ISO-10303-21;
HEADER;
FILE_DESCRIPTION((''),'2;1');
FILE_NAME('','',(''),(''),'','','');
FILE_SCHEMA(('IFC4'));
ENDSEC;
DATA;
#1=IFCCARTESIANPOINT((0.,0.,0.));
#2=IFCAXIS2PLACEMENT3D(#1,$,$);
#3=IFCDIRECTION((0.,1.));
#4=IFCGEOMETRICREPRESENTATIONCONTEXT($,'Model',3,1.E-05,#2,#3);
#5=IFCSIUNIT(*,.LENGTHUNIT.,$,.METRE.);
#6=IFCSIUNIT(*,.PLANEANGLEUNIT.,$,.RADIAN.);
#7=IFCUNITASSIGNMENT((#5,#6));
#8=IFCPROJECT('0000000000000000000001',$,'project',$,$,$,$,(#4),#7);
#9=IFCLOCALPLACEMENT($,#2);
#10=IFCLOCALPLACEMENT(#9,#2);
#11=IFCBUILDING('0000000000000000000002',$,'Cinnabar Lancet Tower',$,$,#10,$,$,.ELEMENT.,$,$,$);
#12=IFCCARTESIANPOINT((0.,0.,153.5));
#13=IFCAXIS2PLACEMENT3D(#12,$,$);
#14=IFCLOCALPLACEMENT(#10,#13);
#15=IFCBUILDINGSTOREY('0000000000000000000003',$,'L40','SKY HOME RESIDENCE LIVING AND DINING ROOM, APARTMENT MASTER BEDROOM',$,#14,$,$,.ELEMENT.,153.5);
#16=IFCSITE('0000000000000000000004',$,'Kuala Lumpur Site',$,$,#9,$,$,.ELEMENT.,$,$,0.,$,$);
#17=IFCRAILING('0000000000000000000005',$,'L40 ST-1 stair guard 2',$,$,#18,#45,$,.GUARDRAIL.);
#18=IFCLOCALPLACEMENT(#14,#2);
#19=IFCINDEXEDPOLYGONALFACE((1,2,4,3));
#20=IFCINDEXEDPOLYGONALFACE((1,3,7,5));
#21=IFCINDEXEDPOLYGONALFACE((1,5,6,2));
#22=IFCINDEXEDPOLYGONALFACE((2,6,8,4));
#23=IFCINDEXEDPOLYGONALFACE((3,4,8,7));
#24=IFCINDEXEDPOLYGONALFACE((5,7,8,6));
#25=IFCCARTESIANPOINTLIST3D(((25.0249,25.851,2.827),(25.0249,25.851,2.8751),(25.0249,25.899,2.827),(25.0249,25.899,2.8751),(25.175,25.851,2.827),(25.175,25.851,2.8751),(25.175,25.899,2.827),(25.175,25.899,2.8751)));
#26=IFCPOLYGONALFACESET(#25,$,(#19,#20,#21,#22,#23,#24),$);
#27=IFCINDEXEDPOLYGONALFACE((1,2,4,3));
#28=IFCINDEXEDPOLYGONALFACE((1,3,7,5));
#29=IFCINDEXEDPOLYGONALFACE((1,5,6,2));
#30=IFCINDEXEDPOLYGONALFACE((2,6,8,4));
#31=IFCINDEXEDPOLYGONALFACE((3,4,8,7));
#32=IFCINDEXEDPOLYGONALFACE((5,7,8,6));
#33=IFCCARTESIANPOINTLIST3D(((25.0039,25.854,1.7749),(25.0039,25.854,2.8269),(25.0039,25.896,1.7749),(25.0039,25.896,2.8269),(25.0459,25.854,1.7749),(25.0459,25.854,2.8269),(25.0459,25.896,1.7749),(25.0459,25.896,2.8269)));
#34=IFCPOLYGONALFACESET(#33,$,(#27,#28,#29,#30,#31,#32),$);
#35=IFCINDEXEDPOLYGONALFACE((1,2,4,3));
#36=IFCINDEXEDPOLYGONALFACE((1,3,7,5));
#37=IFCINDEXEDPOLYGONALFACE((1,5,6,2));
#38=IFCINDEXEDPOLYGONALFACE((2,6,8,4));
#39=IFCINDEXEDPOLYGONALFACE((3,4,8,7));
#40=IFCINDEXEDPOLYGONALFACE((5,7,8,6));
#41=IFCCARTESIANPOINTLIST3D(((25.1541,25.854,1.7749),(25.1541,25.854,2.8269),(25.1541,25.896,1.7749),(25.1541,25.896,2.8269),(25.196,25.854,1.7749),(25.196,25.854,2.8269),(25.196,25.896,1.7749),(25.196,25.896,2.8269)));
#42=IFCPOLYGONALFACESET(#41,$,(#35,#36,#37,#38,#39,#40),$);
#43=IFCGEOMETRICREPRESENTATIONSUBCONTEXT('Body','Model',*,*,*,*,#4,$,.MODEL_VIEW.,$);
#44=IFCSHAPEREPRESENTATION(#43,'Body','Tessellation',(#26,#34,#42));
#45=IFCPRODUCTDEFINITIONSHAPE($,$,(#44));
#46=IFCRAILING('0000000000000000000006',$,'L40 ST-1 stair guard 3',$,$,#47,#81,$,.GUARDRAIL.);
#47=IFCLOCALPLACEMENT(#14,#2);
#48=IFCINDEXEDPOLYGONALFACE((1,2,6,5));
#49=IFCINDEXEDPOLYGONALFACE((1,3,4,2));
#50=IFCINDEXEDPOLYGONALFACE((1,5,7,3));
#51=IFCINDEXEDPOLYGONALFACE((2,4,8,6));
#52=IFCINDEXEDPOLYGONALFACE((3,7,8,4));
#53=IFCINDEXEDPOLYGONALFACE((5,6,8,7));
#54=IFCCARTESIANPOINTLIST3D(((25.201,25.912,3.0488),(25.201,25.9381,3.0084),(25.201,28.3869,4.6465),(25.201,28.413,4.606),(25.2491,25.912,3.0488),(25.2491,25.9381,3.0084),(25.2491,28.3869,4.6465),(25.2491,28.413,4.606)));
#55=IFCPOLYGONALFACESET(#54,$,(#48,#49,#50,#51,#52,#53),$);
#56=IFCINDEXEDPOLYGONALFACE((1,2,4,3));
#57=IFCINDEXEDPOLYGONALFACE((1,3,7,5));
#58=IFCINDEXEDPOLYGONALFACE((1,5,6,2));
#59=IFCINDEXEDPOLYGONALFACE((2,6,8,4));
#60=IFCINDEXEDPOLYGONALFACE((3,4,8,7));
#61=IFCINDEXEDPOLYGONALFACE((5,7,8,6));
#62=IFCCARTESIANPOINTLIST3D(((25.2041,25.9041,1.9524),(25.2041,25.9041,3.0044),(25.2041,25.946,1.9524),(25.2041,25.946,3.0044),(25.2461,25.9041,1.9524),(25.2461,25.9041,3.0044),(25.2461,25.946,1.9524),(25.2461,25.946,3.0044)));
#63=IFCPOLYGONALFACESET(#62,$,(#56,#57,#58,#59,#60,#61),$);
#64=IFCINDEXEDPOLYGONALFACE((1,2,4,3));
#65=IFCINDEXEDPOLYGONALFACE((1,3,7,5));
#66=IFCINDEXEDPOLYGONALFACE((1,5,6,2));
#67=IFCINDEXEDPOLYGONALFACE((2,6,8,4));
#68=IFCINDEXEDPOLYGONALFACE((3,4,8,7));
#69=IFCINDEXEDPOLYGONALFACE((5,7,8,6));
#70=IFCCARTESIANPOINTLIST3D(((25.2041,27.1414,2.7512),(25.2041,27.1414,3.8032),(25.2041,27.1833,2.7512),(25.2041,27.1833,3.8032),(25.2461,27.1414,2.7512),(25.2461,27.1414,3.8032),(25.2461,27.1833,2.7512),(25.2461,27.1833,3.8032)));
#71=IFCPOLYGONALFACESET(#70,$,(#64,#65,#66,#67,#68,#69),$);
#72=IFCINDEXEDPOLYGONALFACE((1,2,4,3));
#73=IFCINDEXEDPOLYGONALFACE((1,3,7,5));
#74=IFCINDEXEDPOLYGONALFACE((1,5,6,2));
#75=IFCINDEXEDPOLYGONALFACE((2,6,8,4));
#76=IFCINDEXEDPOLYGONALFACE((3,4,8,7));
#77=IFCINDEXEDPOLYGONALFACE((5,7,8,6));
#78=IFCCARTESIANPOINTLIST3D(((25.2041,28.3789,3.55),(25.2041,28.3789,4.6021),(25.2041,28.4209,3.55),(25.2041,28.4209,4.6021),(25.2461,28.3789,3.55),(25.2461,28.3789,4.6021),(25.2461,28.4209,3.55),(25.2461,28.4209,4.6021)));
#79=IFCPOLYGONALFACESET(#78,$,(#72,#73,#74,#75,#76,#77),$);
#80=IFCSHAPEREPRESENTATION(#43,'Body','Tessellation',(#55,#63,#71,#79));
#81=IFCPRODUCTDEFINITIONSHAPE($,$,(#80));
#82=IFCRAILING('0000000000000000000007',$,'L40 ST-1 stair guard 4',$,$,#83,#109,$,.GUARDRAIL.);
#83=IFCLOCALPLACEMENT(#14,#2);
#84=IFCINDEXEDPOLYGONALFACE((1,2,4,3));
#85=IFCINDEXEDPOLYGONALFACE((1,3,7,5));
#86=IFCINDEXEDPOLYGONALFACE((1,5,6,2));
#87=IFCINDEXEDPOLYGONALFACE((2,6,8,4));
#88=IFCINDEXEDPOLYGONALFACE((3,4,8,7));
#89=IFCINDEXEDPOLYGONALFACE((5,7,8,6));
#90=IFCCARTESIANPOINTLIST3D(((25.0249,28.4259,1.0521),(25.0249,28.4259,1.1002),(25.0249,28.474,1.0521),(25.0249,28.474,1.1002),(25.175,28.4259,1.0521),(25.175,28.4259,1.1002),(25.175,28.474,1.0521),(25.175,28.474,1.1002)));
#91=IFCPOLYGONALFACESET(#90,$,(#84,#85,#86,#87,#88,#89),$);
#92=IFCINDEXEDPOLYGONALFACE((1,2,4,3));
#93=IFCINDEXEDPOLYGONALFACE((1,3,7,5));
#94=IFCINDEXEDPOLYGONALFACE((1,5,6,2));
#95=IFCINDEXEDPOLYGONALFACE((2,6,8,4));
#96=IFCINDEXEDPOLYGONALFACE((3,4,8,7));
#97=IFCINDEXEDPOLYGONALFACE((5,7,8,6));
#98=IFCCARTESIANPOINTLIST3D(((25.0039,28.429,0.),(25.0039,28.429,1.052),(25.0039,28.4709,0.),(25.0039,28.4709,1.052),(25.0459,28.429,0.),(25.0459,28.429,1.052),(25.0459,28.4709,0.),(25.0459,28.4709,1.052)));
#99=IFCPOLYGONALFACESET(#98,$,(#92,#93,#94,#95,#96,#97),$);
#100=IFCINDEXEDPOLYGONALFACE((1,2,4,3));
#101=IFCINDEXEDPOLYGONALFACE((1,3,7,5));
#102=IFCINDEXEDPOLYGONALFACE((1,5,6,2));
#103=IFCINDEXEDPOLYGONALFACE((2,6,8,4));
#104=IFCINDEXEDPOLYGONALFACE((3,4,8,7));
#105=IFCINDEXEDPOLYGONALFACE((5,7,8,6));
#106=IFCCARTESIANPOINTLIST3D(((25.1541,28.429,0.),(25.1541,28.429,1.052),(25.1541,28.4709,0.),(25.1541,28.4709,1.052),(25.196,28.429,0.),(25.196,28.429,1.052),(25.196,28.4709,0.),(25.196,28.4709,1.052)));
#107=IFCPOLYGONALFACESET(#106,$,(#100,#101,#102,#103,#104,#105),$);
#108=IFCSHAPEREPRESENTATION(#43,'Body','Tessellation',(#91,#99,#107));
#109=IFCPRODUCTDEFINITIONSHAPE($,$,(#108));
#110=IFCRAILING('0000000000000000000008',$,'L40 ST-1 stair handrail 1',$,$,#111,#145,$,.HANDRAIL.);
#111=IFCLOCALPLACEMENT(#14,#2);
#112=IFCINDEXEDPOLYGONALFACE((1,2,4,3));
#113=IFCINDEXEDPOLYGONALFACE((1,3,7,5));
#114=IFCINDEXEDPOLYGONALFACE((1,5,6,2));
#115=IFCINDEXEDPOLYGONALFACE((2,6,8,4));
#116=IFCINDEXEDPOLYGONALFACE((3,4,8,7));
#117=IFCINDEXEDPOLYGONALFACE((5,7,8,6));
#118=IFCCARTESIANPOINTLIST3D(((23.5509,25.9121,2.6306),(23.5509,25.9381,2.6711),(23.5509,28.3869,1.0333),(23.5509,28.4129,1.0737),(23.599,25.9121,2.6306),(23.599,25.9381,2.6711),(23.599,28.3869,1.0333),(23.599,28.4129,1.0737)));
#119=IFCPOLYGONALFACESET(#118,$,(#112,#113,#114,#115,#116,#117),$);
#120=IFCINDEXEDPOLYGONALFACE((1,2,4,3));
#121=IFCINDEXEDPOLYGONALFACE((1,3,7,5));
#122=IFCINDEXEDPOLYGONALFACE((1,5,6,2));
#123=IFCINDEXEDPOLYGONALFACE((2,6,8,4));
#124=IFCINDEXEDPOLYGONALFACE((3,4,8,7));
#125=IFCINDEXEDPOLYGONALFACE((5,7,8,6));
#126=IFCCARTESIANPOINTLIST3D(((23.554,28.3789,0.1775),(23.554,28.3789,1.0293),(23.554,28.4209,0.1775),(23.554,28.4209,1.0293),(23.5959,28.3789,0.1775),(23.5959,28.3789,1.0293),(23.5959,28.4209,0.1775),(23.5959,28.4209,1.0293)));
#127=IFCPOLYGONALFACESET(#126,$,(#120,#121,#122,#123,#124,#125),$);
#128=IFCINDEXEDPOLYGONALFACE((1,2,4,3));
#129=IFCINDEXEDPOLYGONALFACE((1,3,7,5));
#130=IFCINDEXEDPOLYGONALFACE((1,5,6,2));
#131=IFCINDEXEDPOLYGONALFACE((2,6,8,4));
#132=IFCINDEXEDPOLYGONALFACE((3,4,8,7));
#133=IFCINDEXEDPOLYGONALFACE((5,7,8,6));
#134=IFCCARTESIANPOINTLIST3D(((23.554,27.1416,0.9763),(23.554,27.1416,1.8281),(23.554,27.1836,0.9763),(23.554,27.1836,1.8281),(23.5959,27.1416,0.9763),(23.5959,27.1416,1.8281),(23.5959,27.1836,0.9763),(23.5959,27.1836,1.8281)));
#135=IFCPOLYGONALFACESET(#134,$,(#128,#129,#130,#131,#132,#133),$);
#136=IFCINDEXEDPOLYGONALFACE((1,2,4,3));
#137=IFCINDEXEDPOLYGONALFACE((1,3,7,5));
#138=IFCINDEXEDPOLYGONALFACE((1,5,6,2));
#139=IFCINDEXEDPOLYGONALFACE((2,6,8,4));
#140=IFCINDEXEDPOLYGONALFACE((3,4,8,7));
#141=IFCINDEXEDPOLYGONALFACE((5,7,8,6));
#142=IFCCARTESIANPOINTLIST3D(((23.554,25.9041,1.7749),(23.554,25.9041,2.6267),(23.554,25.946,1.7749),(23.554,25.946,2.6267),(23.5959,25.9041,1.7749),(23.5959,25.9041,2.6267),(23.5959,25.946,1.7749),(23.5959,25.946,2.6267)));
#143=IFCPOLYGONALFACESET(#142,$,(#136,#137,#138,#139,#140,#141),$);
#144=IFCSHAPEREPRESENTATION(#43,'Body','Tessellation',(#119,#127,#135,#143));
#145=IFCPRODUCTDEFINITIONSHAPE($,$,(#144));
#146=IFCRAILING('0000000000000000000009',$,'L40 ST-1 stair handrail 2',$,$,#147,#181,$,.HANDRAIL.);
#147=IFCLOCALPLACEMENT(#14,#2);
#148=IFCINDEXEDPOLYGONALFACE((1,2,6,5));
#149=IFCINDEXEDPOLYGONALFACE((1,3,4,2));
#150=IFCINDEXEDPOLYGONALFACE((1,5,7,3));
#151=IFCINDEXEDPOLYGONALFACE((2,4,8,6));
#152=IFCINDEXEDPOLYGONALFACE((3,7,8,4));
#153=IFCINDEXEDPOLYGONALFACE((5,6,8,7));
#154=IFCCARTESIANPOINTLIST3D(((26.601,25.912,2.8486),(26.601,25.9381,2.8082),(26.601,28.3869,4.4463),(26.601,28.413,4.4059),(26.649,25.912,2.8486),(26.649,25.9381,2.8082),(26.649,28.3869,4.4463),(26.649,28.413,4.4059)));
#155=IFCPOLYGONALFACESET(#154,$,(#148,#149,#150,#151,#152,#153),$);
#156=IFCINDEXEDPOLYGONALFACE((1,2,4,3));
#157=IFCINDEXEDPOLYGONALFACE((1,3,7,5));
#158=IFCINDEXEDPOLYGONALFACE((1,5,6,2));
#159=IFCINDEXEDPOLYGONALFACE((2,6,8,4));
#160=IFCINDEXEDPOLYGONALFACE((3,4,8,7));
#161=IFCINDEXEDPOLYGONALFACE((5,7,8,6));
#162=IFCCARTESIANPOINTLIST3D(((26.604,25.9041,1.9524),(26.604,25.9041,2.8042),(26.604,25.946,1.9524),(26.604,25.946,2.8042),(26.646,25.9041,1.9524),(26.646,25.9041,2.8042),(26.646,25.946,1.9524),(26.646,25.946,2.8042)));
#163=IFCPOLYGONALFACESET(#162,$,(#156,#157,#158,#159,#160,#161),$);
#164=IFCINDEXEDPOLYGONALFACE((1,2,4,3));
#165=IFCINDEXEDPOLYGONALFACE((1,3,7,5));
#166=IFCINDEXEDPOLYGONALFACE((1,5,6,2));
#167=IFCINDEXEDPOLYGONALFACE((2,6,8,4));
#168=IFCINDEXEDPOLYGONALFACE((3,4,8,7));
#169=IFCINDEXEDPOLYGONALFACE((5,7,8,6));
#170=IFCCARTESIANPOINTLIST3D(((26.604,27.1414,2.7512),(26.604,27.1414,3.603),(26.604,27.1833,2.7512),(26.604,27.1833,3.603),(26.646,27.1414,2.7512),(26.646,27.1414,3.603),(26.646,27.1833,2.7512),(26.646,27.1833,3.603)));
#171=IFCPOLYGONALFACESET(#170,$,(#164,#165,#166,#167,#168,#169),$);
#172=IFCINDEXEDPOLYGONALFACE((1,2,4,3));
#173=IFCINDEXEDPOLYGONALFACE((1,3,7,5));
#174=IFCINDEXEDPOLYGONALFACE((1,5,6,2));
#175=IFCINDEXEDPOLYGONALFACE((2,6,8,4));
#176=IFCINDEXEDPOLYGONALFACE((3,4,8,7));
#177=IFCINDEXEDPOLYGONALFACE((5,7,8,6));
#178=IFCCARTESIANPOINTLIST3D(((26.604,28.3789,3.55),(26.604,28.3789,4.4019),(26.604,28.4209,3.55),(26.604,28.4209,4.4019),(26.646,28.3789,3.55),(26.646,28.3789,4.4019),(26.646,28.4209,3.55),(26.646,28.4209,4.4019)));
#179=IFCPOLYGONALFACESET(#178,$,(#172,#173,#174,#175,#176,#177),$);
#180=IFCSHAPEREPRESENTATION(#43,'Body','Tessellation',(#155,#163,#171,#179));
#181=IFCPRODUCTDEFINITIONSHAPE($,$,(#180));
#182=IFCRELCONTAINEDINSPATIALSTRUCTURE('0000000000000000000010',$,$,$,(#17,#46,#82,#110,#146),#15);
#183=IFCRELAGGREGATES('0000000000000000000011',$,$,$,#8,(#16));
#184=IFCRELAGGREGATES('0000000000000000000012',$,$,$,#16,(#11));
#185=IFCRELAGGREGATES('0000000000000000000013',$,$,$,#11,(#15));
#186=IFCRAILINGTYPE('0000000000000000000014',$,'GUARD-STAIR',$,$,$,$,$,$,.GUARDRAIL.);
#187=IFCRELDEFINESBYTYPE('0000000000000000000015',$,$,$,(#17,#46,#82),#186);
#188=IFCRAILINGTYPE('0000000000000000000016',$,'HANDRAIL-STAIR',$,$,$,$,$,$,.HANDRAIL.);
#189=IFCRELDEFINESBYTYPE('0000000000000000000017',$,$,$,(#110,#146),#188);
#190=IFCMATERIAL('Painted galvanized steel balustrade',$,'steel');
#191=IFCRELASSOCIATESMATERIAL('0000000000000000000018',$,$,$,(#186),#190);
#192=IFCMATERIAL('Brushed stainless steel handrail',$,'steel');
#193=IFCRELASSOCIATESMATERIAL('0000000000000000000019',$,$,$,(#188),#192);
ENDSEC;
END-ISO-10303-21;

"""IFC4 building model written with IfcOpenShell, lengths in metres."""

from ifc_helpers import new_model, si_unit, direction, frame, origin, origin_2d, place, context, subcontext, project, spatial, rectangle, extrude, material, type_object, element, save


model = new_model("IFC4")

# Units and contexts
model_context = context("Model", 3, precision=1e-05, world=origin(), true_north=direction((0.0, 1.0)))
body_context = subcontext(model_context, "Body", "Model", "MODEL_VIEW")
ifc_project = project(units=[si_unit("LENGTHUNIT", "METRE"), si_unit("PLANEANGLEUNIT", "RADIAN")], contexts=[model_context])

# Site, building, storey
site_placement = place(None, origin())
site = spatial("IfcSite", under=ifc_project, at=site_placement, Name="Kuala Lumpur Site", CompositionType="ELEMENT", RefElevation=0.0)
building_placement = place(site_placement, origin())
building = spatial("IfcBuilding", under=site, at=building_placement, Name="Cinnabar Lancet Tower", CompositionType="ELEMENT")
storey_placement = place(building_placement, frame((0.0, 0.0, 153.5)))
storey = spatial("IfcBuildingStorey", under=building, at=storey_placement, Name="L40", Description="SKY HOME RESIDENCE LIVING AND DINING ROOM, APARTMENT MASTER BEDROOM", CompositionType="ELEMENT", Elevation=153.5)

# Railings
ifc_material_1 = material(Name="Painted galvanized steel balustrade", Category="steel")
railing_type_1 = type_object("IfcRailingType", Name="GUARD-STAIR", PredefinedType="GUARDRAIL", material=ifc_material_1)
railing_1_placement = place(storey_placement, frame((25.0249, 25.875, 1.7749)))
element("IfcRailing", 1, at=railing_1_placement, inside=storey, type_object=railing_type_1, Name="L40 ST-1 stair guard 2", PredefinedType="GUARDRAIL", context=body_context, shape_type="SweptSolid", body=[
    extrude(rectangle(XDim=0.0481, YDim=0.0481, at=origin_2d()), frame((0.0, 0.0, 1.0762), z_axis=(1.0, 0.0, 0.0), x_axis=(0.0, 1.0, 0.0)), (0.0, 0.0, 1.0), 0.1501),
    extrude(rectangle(XDim=0.042, YDim=0.042, at=origin_2d()), origin(), (0.0, 0.0, 1.0), 1.052),
    extrude(rectangle(XDim=0.042, YDim=0.042, at=origin_2d()), frame((0.1501, 0.0, 0.0)), (0.0, 0.0, 1.0), 1.052),
])
railing_2_placement = place(storey_placement, frame((25.2251, 25.925, 1.9524)))
element("IfcRailing", 2, at=railing_2_placement, inside=storey, type_object=railing_type_1, Name="L40 ST-1 stair guard 3", PredefinedType="GUARDRAIL", context=body_context, shape_type="SweptSolid", body=[
    extrude(rectangle(XDim=0.0481, YDim=0.0481, at=origin_2d()), frame((0.0, 0.0, 1.0762), z_axis=(0.0, 0.840146, 0.542361), x_axis=(-1.0, 0.0, 0.0)), (0.0, 0.0, 1.0), 2.9458),
    extrude(rectangle(XDim=0.042, YDim=0.042, at=origin_2d()), origin(), (0.0, 0.0, 1.0), 1.052),
    extrude(rectangle(XDim=0.042, YDim=0.042, at=origin_2d()), frame((0.0, 1.2373, 0.7988)), (0.0, 0.0, 1.0), 1.052),
    extrude(rectangle(XDim=0.042, YDim=0.042, at=origin_2d()), frame((0.0, 2.4749, 1.5977)), (0.0, 0.0, 1.0), 1.052),
])
railing_3_placement = place(storey_placement, frame((25.0249, 28.45, 0.0)))
element("IfcRailing", 3, at=railing_3_placement, inside=storey, type_object=railing_type_1, Name="L40 ST-1 stair guard 4", PredefinedType="GUARDRAIL", context=body_context, shape_type="SweptSolid", body=[
    extrude(rectangle(XDim=0.0481, YDim=0.0481, at=origin_2d()), frame((0.0, 0.0, 1.0762), z_axis=(1.0, 0.0, 0.0), x_axis=(0.0, 1.0, 0.0)), (0.0, 0.0, 1.0), 0.1501),
    extrude(rectangle(XDim=0.042, YDim=0.042, at=origin_2d()), origin(), (0.0, 0.0, 1.0), 1.052),
    extrude(rectangle(XDim=0.042, YDim=0.042, at=origin_2d()), frame((0.1501, 0.0, 0.0)), (0.0, 0.0, 1.0), 1.052),
])
ifc_material_2 = material(Name="Brushed stainless steel handrail", Category="steel")
railing_type_2 = type_object("IfcRailingType", Name="HANDRAIL-STAIR", PredefinedType="HANDRAIL", material=ifc_material_2)
railing_4_placement = place(storey_placement, frame((23.575, 28.3999, 0.1775)))
element("IfcRailing", 4, at=railing_4_placement, inside=storey, type_object=railing_type_2, Name="L40 ST-1 stair handrail 1", PredefinedType="HANDRAIL", context=body_context, shape_type="SweptSolid", body=[
    extrude(rectangle(XDim=0.0481, YDim=0.0481, at=origin_2d()), frame((0.0, 0.0, 0.876), z_axis=(0.0, -0.840183, 0.542302), x_axis=(1.0, 0.0, 0.0)), (0.0, 0.0, 1.0), 2.9456),
    extrude(rectangle(XDim=0.042, YDim=0.042, at=origin_2d()), origin(), (0.0, 0.0, 1.0), 0.8518),
    extrude(rectangle(XDim=0.042, YDim=0.042, at=origin_2d()), frame((0.0, -1.2373, 0.7988)), (0.0, 0.0, 1.0), 0.8518),
    extrude(rectangle(XDim=0.042, YDim=0.042, at=origin_2d()), frame((0.0, -2.4749, 1.5974)), (0.0, 0.0, 1.0), 0.8518),
])
railing_5_placement = place(storey_placement, frame((26.625, 25.925, 1.9524)))
element("IfcRailing", 5, at=railing_5_placement, inside=storey, type_object=railing_type_2, Name="L40 ST-1 stair handrail 2", PredefinedType="HANDRAIL", context=body_context, shape_type="SweptSolid", body=[
    extrude(rectangle(XDim=0.0481, YDim=0.0481, at=origin_2d()), frame((0.0, 0.0, 0.876), z_axis=(0.0, 0.840146, 0.542361), x_axis=(-1.0, 0.0, 0.0)), (0.0, 0.0, 1.0), 2.9458),
    extrude(rectangle(XDim=0.042, YDim=0.042, at=origin_2d()), origin(), (0.0, 0.0, 1.0), 0.8518),
    extrude(rectangle(XDim=0.042, YDim=0.042, at=origin_2d()), frame((0.0, 1.2373, 0.7988)), (0.0, 0.0, 1.0), 0.8518),
    extrude(rectangle(XDim=0.042, YDim=0.042, at=origin_2d()), frame((0.0, 2.4749, 1.5977)), (0.0, 0.0, 1.0), 0.8518),
])

save(model, "model.ifc")
